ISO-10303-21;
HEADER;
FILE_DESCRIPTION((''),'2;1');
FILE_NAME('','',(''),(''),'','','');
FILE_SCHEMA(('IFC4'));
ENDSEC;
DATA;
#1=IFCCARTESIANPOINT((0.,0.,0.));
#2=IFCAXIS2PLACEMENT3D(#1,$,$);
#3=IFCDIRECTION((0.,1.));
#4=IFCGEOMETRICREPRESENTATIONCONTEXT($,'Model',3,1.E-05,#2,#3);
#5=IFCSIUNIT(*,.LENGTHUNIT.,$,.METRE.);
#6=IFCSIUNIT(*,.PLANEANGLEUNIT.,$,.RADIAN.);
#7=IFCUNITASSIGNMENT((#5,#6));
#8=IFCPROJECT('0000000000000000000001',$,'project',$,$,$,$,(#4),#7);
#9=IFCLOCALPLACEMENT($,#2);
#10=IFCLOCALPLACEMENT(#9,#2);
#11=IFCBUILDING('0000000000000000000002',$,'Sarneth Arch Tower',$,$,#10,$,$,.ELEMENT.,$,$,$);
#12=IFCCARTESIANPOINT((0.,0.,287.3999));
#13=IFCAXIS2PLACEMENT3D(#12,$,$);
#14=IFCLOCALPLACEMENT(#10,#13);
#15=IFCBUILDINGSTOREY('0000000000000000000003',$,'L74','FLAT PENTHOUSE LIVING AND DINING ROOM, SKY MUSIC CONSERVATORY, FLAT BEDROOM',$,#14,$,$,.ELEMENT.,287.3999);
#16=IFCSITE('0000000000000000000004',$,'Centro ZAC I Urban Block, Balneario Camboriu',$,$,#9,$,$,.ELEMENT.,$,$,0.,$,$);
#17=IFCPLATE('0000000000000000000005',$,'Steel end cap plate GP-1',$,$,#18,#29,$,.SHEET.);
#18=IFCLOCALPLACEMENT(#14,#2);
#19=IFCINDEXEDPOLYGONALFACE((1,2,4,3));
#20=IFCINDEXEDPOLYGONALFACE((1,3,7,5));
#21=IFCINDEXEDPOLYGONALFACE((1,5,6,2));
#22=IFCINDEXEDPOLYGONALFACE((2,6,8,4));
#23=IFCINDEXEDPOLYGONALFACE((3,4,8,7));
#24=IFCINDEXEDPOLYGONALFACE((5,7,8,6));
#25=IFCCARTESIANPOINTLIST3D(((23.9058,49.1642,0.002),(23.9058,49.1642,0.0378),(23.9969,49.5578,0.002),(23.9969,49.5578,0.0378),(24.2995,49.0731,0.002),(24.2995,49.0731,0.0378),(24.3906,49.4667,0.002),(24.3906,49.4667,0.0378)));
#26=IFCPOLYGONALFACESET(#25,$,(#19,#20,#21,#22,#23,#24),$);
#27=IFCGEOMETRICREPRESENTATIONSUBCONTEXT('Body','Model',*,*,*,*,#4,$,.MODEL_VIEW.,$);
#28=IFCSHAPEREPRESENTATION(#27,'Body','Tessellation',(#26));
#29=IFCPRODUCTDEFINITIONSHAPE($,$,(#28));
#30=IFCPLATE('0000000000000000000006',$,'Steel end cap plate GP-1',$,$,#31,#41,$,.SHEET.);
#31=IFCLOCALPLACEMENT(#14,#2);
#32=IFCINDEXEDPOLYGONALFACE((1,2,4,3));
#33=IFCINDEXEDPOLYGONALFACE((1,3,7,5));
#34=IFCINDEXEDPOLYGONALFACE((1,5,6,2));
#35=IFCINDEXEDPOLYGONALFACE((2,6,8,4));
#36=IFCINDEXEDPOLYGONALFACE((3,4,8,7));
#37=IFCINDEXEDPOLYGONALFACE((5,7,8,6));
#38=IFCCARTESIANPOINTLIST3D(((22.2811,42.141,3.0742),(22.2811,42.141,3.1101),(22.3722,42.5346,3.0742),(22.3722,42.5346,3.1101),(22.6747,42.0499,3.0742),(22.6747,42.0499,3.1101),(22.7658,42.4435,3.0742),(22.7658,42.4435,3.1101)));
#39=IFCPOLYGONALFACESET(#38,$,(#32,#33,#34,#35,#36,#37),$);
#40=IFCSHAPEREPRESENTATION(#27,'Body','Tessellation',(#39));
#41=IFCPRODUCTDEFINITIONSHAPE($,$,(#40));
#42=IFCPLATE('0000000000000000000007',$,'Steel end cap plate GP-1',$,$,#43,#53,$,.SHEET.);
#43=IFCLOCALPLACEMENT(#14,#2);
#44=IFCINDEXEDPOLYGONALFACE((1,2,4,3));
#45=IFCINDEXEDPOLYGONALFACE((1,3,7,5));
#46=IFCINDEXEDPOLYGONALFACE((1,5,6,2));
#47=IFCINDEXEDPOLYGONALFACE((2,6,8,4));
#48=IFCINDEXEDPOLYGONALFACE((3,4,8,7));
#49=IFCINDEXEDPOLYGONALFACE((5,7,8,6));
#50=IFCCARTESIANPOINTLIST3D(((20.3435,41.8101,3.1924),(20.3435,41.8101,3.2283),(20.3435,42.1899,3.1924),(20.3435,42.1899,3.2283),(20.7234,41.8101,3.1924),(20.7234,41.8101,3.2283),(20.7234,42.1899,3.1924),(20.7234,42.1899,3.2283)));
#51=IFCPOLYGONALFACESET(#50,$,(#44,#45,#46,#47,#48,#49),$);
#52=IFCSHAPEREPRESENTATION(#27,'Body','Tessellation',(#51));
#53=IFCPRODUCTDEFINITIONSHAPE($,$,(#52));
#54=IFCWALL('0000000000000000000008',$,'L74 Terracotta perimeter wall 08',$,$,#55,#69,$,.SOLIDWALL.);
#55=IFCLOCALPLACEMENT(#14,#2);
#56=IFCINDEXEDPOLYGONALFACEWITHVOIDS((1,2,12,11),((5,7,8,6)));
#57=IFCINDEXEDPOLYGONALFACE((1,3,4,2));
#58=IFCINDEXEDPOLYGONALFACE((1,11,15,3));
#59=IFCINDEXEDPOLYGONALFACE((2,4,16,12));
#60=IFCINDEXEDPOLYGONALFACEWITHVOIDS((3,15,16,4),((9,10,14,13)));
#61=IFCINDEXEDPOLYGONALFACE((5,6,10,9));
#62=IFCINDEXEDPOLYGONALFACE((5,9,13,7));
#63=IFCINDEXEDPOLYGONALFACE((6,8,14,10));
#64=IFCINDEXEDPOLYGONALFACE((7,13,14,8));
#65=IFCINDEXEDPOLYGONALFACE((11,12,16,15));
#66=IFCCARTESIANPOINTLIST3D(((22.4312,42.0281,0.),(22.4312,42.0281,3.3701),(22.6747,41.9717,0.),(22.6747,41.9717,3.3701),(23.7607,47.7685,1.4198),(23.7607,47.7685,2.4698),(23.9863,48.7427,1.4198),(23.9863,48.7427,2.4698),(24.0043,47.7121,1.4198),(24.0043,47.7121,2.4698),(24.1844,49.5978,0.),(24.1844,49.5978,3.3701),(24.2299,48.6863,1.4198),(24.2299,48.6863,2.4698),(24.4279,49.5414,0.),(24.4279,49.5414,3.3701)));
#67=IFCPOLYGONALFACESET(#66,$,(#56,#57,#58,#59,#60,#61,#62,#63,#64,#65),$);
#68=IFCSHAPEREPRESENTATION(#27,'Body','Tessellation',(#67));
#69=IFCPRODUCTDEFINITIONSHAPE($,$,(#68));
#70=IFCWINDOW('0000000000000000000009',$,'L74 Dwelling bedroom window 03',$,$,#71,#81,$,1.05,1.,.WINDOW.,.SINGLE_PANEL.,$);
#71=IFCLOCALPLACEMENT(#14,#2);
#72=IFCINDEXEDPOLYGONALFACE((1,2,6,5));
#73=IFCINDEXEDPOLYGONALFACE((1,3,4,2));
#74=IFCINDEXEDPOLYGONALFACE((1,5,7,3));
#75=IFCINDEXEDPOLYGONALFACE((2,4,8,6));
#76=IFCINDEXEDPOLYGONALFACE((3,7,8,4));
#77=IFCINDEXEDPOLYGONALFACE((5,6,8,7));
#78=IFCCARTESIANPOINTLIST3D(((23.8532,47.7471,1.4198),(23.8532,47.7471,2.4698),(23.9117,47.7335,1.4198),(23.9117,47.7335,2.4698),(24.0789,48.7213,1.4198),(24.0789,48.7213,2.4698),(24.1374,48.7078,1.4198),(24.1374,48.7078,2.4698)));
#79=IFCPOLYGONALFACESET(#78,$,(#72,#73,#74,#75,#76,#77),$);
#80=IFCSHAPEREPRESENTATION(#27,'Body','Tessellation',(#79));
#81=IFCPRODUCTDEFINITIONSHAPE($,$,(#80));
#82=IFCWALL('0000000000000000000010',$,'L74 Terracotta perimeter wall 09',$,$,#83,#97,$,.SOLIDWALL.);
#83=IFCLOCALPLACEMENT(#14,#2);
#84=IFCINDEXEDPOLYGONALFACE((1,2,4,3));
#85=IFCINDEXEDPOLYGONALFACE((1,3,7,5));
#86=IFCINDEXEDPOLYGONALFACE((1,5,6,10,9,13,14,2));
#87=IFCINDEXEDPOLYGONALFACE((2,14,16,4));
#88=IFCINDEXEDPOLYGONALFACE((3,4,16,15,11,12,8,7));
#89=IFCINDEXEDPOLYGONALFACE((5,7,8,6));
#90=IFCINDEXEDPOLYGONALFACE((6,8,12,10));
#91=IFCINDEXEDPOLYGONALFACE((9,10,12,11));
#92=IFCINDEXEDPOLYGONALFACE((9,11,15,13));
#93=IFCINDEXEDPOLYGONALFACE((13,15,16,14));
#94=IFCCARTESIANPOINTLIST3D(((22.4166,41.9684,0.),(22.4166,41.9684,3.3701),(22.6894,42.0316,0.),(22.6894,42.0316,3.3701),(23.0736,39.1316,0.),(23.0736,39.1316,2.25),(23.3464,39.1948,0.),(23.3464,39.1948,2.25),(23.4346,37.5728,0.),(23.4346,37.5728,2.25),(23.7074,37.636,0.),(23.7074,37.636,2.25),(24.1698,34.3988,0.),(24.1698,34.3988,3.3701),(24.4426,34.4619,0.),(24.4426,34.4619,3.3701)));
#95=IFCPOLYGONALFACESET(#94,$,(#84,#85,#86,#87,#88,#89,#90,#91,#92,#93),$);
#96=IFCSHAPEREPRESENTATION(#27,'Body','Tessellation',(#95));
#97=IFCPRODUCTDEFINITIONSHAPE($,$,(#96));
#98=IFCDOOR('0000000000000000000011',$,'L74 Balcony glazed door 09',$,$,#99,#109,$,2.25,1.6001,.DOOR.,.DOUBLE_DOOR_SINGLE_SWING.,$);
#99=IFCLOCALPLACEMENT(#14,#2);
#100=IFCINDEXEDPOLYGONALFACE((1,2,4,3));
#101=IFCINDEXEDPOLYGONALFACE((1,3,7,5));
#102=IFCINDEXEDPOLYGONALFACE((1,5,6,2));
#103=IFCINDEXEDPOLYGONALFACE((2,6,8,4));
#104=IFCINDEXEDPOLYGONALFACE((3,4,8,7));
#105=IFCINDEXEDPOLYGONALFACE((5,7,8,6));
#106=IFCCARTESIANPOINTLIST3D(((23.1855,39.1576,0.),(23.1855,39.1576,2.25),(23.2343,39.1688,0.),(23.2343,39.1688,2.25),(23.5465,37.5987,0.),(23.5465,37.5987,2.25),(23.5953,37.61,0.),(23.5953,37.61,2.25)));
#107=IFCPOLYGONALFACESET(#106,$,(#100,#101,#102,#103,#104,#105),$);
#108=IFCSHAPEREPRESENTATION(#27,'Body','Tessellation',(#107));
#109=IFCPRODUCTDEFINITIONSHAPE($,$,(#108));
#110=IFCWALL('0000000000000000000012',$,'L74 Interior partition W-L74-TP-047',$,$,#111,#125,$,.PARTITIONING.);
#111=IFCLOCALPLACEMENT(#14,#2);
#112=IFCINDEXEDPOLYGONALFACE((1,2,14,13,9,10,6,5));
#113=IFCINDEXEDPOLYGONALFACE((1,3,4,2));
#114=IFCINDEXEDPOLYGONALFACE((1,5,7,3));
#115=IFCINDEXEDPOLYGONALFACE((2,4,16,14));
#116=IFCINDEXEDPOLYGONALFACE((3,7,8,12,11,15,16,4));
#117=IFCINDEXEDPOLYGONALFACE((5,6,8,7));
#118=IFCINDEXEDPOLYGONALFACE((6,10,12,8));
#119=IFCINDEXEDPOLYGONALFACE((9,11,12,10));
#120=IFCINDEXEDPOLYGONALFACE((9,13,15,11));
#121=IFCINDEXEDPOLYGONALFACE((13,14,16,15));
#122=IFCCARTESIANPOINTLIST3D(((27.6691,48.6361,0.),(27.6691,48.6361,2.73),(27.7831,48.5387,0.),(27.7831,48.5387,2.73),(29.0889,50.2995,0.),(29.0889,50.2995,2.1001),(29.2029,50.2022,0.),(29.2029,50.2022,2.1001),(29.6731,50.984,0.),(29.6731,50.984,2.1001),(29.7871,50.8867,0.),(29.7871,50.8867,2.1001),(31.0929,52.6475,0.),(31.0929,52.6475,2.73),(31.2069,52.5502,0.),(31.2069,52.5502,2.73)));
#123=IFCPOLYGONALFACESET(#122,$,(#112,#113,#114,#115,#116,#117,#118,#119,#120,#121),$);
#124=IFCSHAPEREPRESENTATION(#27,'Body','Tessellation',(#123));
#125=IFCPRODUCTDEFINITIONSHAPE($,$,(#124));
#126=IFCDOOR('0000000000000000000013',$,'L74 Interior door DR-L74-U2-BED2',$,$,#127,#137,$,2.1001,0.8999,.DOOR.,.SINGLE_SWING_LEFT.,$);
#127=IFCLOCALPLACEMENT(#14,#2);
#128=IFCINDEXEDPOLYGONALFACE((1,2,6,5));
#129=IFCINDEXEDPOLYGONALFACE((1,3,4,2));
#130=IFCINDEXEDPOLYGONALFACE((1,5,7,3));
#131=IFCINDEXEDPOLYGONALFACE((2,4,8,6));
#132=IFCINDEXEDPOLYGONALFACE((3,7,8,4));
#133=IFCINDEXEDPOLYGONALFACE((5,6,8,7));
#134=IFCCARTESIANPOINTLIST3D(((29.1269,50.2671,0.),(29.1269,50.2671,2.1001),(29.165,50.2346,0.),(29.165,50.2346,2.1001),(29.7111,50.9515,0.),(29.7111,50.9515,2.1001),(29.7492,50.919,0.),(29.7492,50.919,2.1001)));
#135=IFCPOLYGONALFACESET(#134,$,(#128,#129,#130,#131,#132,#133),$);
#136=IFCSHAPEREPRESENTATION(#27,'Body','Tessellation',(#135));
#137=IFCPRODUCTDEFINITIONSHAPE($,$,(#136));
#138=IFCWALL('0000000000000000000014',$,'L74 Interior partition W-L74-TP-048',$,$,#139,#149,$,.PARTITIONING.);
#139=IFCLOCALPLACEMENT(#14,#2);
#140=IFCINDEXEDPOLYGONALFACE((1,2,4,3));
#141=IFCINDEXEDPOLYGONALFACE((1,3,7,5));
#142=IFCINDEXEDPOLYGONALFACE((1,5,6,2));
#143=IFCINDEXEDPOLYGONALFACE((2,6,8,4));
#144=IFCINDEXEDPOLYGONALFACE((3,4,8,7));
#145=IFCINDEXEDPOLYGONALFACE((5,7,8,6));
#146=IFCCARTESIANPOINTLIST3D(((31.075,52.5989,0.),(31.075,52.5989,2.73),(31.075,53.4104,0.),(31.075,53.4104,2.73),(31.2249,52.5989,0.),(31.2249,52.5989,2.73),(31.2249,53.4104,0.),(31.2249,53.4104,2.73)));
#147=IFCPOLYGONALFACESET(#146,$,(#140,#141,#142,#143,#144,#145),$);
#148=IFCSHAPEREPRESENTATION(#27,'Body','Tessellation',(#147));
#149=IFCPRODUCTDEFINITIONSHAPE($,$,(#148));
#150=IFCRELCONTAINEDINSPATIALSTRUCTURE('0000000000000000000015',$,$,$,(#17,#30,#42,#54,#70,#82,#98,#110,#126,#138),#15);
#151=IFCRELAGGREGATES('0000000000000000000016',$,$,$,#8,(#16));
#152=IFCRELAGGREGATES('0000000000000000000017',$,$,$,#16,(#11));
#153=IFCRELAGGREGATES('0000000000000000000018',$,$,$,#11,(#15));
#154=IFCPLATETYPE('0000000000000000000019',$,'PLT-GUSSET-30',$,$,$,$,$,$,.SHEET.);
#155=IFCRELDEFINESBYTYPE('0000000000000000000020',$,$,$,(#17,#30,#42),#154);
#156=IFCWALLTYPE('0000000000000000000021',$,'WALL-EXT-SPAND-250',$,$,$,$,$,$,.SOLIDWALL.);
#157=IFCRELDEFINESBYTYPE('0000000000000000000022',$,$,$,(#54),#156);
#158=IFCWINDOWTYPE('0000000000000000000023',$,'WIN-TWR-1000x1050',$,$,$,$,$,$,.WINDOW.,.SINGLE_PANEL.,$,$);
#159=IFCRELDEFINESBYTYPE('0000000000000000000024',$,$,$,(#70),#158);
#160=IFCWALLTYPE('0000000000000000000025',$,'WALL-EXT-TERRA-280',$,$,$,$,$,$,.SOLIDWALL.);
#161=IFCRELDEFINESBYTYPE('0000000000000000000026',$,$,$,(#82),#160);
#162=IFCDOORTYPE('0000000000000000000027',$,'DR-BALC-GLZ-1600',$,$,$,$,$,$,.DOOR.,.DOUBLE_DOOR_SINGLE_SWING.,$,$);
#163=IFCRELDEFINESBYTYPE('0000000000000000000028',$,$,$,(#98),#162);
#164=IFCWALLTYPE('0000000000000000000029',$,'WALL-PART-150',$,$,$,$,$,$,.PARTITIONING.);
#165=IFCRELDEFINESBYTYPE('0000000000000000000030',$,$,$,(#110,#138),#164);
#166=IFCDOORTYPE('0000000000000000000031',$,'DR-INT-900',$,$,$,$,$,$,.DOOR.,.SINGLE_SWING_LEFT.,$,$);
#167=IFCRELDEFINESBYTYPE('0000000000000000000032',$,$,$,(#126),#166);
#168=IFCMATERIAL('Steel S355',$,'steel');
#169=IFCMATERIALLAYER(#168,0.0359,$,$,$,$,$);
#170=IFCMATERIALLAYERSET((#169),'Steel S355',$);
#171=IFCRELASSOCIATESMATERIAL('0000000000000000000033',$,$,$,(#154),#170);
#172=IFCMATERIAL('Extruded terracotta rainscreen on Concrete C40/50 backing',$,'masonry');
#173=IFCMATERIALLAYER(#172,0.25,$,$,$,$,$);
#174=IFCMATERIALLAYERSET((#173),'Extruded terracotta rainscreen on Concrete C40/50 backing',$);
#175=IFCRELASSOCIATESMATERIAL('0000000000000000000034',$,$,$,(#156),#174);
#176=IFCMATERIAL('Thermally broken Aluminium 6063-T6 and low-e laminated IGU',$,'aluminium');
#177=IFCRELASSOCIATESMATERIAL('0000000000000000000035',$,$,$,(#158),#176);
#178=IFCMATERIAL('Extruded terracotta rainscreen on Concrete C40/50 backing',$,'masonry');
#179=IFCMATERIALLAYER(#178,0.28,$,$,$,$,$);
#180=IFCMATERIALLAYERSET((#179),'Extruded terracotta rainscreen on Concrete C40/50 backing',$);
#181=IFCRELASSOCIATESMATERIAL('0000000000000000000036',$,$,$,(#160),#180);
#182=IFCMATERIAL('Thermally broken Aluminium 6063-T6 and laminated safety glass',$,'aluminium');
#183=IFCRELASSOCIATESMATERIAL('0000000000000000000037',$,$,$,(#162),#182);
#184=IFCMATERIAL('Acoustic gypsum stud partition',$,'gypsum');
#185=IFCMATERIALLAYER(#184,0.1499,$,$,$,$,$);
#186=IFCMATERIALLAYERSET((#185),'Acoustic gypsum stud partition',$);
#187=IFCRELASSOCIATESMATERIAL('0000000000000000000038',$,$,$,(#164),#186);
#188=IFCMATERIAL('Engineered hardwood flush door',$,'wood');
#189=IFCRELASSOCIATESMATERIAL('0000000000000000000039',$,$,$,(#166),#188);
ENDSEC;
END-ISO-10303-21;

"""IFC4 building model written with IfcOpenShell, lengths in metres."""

from ifc_helpers import new_model, si_unit, direction, frame, frame_2d, origin, origin_2d, place, context, subcontext, project, spatial, rectangle, extrude, material, layer, layer_set, type_object, element, fill, save


model = new_model("IFC4")

# Units and contexts
model_context = context("Model", 3, precision=1e-05, world=origin(), true_north=direction((0.0, 1.0)))
body_context = subcontext(model_context, "Body", "Model", "MODEL_VIEW")
ifc_project = project(units=[si_unit("LENGTHUNIT", "METRE"), si_unit("PLANEANGLEUNIT", "RADIAN")], contexts=[model_context])

# Site, building, storey
site_placement = place(None, origin())
site = spatial("IfcSite", under=ifc_project, at=site_placement, Name="Centro ZAC I Urban Block, Balneario Camboriu", CompositionType="ELEMENT", RefElevation=0.0)
building_placement = place(site_placement, origin())
building = spatial("IfcBuilding", under=site, at=building_placement, Name="Sarneth Arch Tower", CompositionType="ELEMENT")
storey_placement = place(building_placement, frame((0.0, 0.0, 287.3999)))
storey = spatial("IfcBuildingStorey", under=building, at=storey_placement, Name="L74", Description="FLAT PENTHOUSE LIVING AND DINING ROOM, SKY MUSIC CONSERVATORY, FLAT BEDROOM", CompositionType="ELEMENT", Elevation=287.3999)

# Plates
ifc_material_1 = material(Name="Steel S355", Category="steel")
ifc_layer_1 = layer(ifc_material_1, 0.0359)
ifc_layer_set_1 = layer_set([ifc_layer_1], Name="Steel S355")
plate_type = type_object("IfcPlateType", Name="PLT-GUSSET-30", PredefinedType="SHEET", material=ifc_layer_set_1)
for number, where, z_axis, x_axis, name in (
    (1, (24.1482, 49.3154, 0.002), (0.0, 0.0, 1.0), (-0.225461, -0.974252, 0.0), "Steel end cap plate GP-1"),
    (2, (22.5234, 42.2922, 3.0742), (0.0, 0.0, 1.0), (-0.225461, -0.974252, 0.0), "Steel end cap plate GP-1"),
):
    element("IfcPlate", number, at=place(storey_placement, frame(where, z_axis=z_axis, x_axis=x_axis)), inside=storey, type_object=plate_type, Name=name, PredefinedType="SHEET", context=body_context, shape_type="SweptSolid", body=[
        extrude(rectangle(XDim=0.4041, YDim=0.4041, at=origin_2d()), origin(), (0.0, 0.0, 1.0), 0.0359),
    ])
plate_placement = place(storey_placement, frame((20.5334, 42.0, 3.1924), z_axis=(0.0, 0.0, 1.0), x_axis=(-1.0, 0.0, 0.0)))
element("IfcPlate", 3, at=plate_placement, inside=storey, type_object=plate_type, Name="Steel end cap plate GP-1", PredefinedType="SHEET", context=body_context, shape_type="SweptSolid", body=[
    extrude(rectangle(XDim=0.3799, YDim=0.3799, at=origin_2d()), origin(), (0.0, 0.0, 1.0), 0.0359),
])

# Wall, opening, window
ifc_material_2 = material(Name="Extruded terracotta rainscreen on Concrete C40/50 backing", Category="masonry")
ifc_layer_2 = layer(ifc_material_2, 0.25)
ifc_layer_set_2 = layer_set([ifc_layer_2], Name="Extruded terracotta rainscreen on Concrete C40/50 backing")
wall_type_1 = type_object("IfcWallType", Name="WALL-EXT-SPAND-250", PredefinedType="SOLIDWALL", material=ifc_layer_set_2)
wall_1_placement = place(storey_placement, frame((24.3062, 49.5696, 0.0), z_axis=(0.0, 0.0, 1.0), x_axis=(-0.225635, -0.974212, 0.0)))
wall_1 = element("IfcWall", 4, at=wall_1_placement, inside=storey, type_object=wall_type_1, Name="L74 Terracotta perimeter wall 08", PredefinedType="SOLIDWALL", context=body_context, shape_type="SweptSolid", body=[
    extrude(rectangle(XDim=7.77, YDim=0.25, at=frame_2d((3.885, 0.0))), origin(), (0.0, 0.0, 1.0), 3.3701),
])
opening_1_placement = place(wall_1_placement, frame((0.8777, 0.0, 1.4199)))
opening_1 = element("IfcOpeningElement", 5, at=opening_1_placement, cuts=wall_1, PredefinedType="OPENING", context=body_context, shape_type="SweptSolid", body=[
    extrude(rectangle(XDim=1.0, YDim=1.05, at=frame_2d((0.5, 0.5249))), frame((0.0, 0.135, 0.0), z_axis=(0.0, -1.0, 0.0), x_axis=(1.0, 0.0, 0.0)), (0.0, 0.0, 1.0), 0.27),
])
ifc_material_3 = material(Name="Thermally broken Aluminium 6063-T6 and low-e laminated IGU", Category="aluminium")
window_type = type_object("IfcWindowType", Name="WIN-TWR-1000x1050", PartitioningType="SINGLE_PANEL", PredefinedType="WINDOW", material=ifc_material_3)
window_placement = place(opening_1_placement, origin())
window = element("IfcWindow", 6, at=window_placement, inside=storey, type_object=window_type, Name="L74 Dwelling bedroom window 03", OverallHeight=1.05, OverallWidth=1.0, PartitioningType="SINGLE_PANEL", PredefinedType="WINDOW", context=body_context, shape_type="SweptSolid", body=[
    extrude(rectangle(XDim=1.0, YDim=1.05, at=frame_2d((0.5, 0.5249))), frame((0.0, 0.03, 0.0), z_axis=(0.0, -1.0, 0.0), x_axis=(1.0, 0.0, 0.0)), (0.0, 0.0, 1.0), 0.0601),
])
fill(opening_1, window)

# Walls, openings, doors
ifc_material_4 = material(Name="Extruded terracotta rainscreen on Concrete C40/50 backing", Category="masonry")
ifc_layer_3 = layer(ifc_material_4, 0.28)
ifc_layer_set_3 = layer_set([ifc_layer_3], Name="Extruded terracotta rainscreen on Concrete C40/50 backing")
wall_type_2 = type_object("IfcWallType", Name="WALL-EXT-TERRA-280", PredefinedType="SOLIDWALL", material=ifc_layer_set_3)
wall_2_placement = place(storey_placement, frame((22.553, 42.0, 0.0), z_axis=(0.0, 0.0, 1.0), x_axis=(0.225635, -0.974212, 0.0)))
wall_2 = element("IfcWall", 7, at=wall_2_placement, inside=storey, type_object=wall_type_2, Name="L74 Terracotta perimeter wall 09", PredefinedType="SOLIDWALL", context=body_context, shape_type="SweptSolid", body=[
    extrude(rectangle(XDim=7.77, YDim=0.28, at=frame_2d((3.885, 0.0))), origin(), (0.0, 0.0, 1.0), 3.3701),
])
opening_2_placement = place(wall_2_placement, frame((2.9119, 0.0, 0.0)))
opening_2 = element("IfcOpeningElement", 8, at=opening_2_placement, cuts=wall_2, PredefinedType="OPENING", context=body_context, shape_type="SweptSolid", body=[
    extrude(rectangle(XDim=1.6001, YDim=2.25, at=frame_2d((0.8, 1.125))), frame((0.0, 0.1499, 0.0), z_axis=(0.0, -1.0, 0.0), x_axis=(1.0, 0.0, 0.0)), (0.0, 0.0, 1.0), 0.3),
])
ifc_material_5 = material(Name="Thermally broken Aluminium 6063-T6 and laminated safety glass", Category="aluminium")
door_type_1 = type_object("IfcDoorType", Name="DR-BALC-GLZ-1600", OperationType="DOUBLE_DOOR_SINGLE_SWING", PredefinedType="DOOR", material=ifc_material_5)
door_1_placement = place(opening_2_placement, origin())
door_1 = element("IfcDoor", 9, at=door_1_placement, inside=storey, type_object=door_type_1, Name="L74 Balcony glazed door 09", OperationType="DOUBLE_DOOR_SINGLE_SWING", OverallHeight=2.25, OverallWidth=1.6001, PredefinedType="DOOR", context=body_context, shape_type="SweptSolid", body=[
    extrude(rectangle(XDim=1.6001, YDim=2.25, at=frame_2d((0.8, 1.125))), frame((0.0, 0.0249, 0.0), z_axis=(0.0, -1.0, 0.0), x_axis=(1.0, 0.0, 0.0)), (0.0, 0.0, 1.0), 0.05),
])
fill(opening_2, door_1)
ifc_material_6 = material(Name="Acoustic gypsum stud partition", Category="gypsum")
ifc_layer_4 = layer(ifc_material_6, 0.1499)
ifc_layer_set_4 = layer_set([ifc_layer_4], Name="Acoustic gypsum stud partition")
wall_type_3 = type_object("IfcWallType", Name="WALL-PART-150", PredefinedType="PARTITIONING", material=ifc_layer_set_4)
wall_3_placement = place(storey_placement, frame((27.7261, 48.5874, 0.0), z_axis=(0.0, 0.0, 1.0), x_axis=(0.649196, 0.760621, 0.0)))
wall_3 = element("IfcWall", 10, at=wall_3_placement, inside=storey, type_object=wall_type_3, Name="L74 Interior partition W-L74-TP-047", PredefinedType="PARTITIONING", context=body_context, shape_type="SweptSolid", body=[
    extrude(rectangle(XDim=5.2739, YDim=0.1499, at=frame_2d((2.637, 0.0))), origin(), (0.0, 0.0, 1.0), 2.73),
])
opening_3_placement = place(wall_3_placement, frame((2.187, 0.0, 0.0)))
opening_3 = element("IfcOpeningElement", 11, at=opening_3_placement, cuts=wall_3, PredefinedType="OPENING", context=body_context, shape_type="SweptSolid", body=[
    extrude(rectangle(XDim=0.8999, YDim=2.1001, at=frame_2d((0.45, 1.05))), frame((0.0, 0.085, 0.0), z_axis=(0.0, -1.0, 0.0), x_axis=(1.0, 0.0, 0.0)), (0.0, 0.0, 1.0), 0.1699),
])
ifc_material_7 = material(Name="Engineered hardwood flush door", Category="wood")
door_type_2 = type_object("IfcDoorType", Name="DR-INT-900", OperationType="SINGLE_SWING_LEFT", PredefinedType="DOOR", material=ifc_material_7)
door_2_placement = place(opening_3_placement, origin())
door_2 = element("IfcDoor", 12, at=door_2_placement, inside=storey, type_object=door_type_2, Name="L74 Interior door DR-L74-U2-BED2", OperationType="SINGLE_SWING_LEFT", OverallHeight=2.1001, OverallWidth=0.8999, PredefinedType="DOOR", context=body_context, shape_type="SweptSolid", body=[
    extrude(rectangle(XDim=0.8999, YDim=2.1001, at=frame_2d((0.45, 1.05))), frame((0.0, 0.0249, 0.0), z_axis=(0.0, -1.0, 0.0), x_axis=(1.0, 0.0, 0.0)), (0.0, 0.0, 1.0), 0.05),
])
fill(opening_3, door_2)

# Wall
wall_4_placement = place(storey_placement, frame((31.1499, 52.5989, 0.0), z_axis=(0.0, 0.0, 1.0), x_axis=(0.0, 1.0, 0.0)))
element("IfcWall", 13, at=wall_4_placement, inside=storey, type_object=wall_type_3, Name="L74 Interior partition W-L74-TP-048", PredefinedType="PARTITIONING", context=body_context, shape_type="SweptSolid", body=[
    extrude(rectangle(XDim=0.8115, YDim=0.1499, at=frame_2d((0.4058, 0.0))), origin(), (0.0, 0.0, 1.0), 2.73),
])

save(model, "model.ifc")
